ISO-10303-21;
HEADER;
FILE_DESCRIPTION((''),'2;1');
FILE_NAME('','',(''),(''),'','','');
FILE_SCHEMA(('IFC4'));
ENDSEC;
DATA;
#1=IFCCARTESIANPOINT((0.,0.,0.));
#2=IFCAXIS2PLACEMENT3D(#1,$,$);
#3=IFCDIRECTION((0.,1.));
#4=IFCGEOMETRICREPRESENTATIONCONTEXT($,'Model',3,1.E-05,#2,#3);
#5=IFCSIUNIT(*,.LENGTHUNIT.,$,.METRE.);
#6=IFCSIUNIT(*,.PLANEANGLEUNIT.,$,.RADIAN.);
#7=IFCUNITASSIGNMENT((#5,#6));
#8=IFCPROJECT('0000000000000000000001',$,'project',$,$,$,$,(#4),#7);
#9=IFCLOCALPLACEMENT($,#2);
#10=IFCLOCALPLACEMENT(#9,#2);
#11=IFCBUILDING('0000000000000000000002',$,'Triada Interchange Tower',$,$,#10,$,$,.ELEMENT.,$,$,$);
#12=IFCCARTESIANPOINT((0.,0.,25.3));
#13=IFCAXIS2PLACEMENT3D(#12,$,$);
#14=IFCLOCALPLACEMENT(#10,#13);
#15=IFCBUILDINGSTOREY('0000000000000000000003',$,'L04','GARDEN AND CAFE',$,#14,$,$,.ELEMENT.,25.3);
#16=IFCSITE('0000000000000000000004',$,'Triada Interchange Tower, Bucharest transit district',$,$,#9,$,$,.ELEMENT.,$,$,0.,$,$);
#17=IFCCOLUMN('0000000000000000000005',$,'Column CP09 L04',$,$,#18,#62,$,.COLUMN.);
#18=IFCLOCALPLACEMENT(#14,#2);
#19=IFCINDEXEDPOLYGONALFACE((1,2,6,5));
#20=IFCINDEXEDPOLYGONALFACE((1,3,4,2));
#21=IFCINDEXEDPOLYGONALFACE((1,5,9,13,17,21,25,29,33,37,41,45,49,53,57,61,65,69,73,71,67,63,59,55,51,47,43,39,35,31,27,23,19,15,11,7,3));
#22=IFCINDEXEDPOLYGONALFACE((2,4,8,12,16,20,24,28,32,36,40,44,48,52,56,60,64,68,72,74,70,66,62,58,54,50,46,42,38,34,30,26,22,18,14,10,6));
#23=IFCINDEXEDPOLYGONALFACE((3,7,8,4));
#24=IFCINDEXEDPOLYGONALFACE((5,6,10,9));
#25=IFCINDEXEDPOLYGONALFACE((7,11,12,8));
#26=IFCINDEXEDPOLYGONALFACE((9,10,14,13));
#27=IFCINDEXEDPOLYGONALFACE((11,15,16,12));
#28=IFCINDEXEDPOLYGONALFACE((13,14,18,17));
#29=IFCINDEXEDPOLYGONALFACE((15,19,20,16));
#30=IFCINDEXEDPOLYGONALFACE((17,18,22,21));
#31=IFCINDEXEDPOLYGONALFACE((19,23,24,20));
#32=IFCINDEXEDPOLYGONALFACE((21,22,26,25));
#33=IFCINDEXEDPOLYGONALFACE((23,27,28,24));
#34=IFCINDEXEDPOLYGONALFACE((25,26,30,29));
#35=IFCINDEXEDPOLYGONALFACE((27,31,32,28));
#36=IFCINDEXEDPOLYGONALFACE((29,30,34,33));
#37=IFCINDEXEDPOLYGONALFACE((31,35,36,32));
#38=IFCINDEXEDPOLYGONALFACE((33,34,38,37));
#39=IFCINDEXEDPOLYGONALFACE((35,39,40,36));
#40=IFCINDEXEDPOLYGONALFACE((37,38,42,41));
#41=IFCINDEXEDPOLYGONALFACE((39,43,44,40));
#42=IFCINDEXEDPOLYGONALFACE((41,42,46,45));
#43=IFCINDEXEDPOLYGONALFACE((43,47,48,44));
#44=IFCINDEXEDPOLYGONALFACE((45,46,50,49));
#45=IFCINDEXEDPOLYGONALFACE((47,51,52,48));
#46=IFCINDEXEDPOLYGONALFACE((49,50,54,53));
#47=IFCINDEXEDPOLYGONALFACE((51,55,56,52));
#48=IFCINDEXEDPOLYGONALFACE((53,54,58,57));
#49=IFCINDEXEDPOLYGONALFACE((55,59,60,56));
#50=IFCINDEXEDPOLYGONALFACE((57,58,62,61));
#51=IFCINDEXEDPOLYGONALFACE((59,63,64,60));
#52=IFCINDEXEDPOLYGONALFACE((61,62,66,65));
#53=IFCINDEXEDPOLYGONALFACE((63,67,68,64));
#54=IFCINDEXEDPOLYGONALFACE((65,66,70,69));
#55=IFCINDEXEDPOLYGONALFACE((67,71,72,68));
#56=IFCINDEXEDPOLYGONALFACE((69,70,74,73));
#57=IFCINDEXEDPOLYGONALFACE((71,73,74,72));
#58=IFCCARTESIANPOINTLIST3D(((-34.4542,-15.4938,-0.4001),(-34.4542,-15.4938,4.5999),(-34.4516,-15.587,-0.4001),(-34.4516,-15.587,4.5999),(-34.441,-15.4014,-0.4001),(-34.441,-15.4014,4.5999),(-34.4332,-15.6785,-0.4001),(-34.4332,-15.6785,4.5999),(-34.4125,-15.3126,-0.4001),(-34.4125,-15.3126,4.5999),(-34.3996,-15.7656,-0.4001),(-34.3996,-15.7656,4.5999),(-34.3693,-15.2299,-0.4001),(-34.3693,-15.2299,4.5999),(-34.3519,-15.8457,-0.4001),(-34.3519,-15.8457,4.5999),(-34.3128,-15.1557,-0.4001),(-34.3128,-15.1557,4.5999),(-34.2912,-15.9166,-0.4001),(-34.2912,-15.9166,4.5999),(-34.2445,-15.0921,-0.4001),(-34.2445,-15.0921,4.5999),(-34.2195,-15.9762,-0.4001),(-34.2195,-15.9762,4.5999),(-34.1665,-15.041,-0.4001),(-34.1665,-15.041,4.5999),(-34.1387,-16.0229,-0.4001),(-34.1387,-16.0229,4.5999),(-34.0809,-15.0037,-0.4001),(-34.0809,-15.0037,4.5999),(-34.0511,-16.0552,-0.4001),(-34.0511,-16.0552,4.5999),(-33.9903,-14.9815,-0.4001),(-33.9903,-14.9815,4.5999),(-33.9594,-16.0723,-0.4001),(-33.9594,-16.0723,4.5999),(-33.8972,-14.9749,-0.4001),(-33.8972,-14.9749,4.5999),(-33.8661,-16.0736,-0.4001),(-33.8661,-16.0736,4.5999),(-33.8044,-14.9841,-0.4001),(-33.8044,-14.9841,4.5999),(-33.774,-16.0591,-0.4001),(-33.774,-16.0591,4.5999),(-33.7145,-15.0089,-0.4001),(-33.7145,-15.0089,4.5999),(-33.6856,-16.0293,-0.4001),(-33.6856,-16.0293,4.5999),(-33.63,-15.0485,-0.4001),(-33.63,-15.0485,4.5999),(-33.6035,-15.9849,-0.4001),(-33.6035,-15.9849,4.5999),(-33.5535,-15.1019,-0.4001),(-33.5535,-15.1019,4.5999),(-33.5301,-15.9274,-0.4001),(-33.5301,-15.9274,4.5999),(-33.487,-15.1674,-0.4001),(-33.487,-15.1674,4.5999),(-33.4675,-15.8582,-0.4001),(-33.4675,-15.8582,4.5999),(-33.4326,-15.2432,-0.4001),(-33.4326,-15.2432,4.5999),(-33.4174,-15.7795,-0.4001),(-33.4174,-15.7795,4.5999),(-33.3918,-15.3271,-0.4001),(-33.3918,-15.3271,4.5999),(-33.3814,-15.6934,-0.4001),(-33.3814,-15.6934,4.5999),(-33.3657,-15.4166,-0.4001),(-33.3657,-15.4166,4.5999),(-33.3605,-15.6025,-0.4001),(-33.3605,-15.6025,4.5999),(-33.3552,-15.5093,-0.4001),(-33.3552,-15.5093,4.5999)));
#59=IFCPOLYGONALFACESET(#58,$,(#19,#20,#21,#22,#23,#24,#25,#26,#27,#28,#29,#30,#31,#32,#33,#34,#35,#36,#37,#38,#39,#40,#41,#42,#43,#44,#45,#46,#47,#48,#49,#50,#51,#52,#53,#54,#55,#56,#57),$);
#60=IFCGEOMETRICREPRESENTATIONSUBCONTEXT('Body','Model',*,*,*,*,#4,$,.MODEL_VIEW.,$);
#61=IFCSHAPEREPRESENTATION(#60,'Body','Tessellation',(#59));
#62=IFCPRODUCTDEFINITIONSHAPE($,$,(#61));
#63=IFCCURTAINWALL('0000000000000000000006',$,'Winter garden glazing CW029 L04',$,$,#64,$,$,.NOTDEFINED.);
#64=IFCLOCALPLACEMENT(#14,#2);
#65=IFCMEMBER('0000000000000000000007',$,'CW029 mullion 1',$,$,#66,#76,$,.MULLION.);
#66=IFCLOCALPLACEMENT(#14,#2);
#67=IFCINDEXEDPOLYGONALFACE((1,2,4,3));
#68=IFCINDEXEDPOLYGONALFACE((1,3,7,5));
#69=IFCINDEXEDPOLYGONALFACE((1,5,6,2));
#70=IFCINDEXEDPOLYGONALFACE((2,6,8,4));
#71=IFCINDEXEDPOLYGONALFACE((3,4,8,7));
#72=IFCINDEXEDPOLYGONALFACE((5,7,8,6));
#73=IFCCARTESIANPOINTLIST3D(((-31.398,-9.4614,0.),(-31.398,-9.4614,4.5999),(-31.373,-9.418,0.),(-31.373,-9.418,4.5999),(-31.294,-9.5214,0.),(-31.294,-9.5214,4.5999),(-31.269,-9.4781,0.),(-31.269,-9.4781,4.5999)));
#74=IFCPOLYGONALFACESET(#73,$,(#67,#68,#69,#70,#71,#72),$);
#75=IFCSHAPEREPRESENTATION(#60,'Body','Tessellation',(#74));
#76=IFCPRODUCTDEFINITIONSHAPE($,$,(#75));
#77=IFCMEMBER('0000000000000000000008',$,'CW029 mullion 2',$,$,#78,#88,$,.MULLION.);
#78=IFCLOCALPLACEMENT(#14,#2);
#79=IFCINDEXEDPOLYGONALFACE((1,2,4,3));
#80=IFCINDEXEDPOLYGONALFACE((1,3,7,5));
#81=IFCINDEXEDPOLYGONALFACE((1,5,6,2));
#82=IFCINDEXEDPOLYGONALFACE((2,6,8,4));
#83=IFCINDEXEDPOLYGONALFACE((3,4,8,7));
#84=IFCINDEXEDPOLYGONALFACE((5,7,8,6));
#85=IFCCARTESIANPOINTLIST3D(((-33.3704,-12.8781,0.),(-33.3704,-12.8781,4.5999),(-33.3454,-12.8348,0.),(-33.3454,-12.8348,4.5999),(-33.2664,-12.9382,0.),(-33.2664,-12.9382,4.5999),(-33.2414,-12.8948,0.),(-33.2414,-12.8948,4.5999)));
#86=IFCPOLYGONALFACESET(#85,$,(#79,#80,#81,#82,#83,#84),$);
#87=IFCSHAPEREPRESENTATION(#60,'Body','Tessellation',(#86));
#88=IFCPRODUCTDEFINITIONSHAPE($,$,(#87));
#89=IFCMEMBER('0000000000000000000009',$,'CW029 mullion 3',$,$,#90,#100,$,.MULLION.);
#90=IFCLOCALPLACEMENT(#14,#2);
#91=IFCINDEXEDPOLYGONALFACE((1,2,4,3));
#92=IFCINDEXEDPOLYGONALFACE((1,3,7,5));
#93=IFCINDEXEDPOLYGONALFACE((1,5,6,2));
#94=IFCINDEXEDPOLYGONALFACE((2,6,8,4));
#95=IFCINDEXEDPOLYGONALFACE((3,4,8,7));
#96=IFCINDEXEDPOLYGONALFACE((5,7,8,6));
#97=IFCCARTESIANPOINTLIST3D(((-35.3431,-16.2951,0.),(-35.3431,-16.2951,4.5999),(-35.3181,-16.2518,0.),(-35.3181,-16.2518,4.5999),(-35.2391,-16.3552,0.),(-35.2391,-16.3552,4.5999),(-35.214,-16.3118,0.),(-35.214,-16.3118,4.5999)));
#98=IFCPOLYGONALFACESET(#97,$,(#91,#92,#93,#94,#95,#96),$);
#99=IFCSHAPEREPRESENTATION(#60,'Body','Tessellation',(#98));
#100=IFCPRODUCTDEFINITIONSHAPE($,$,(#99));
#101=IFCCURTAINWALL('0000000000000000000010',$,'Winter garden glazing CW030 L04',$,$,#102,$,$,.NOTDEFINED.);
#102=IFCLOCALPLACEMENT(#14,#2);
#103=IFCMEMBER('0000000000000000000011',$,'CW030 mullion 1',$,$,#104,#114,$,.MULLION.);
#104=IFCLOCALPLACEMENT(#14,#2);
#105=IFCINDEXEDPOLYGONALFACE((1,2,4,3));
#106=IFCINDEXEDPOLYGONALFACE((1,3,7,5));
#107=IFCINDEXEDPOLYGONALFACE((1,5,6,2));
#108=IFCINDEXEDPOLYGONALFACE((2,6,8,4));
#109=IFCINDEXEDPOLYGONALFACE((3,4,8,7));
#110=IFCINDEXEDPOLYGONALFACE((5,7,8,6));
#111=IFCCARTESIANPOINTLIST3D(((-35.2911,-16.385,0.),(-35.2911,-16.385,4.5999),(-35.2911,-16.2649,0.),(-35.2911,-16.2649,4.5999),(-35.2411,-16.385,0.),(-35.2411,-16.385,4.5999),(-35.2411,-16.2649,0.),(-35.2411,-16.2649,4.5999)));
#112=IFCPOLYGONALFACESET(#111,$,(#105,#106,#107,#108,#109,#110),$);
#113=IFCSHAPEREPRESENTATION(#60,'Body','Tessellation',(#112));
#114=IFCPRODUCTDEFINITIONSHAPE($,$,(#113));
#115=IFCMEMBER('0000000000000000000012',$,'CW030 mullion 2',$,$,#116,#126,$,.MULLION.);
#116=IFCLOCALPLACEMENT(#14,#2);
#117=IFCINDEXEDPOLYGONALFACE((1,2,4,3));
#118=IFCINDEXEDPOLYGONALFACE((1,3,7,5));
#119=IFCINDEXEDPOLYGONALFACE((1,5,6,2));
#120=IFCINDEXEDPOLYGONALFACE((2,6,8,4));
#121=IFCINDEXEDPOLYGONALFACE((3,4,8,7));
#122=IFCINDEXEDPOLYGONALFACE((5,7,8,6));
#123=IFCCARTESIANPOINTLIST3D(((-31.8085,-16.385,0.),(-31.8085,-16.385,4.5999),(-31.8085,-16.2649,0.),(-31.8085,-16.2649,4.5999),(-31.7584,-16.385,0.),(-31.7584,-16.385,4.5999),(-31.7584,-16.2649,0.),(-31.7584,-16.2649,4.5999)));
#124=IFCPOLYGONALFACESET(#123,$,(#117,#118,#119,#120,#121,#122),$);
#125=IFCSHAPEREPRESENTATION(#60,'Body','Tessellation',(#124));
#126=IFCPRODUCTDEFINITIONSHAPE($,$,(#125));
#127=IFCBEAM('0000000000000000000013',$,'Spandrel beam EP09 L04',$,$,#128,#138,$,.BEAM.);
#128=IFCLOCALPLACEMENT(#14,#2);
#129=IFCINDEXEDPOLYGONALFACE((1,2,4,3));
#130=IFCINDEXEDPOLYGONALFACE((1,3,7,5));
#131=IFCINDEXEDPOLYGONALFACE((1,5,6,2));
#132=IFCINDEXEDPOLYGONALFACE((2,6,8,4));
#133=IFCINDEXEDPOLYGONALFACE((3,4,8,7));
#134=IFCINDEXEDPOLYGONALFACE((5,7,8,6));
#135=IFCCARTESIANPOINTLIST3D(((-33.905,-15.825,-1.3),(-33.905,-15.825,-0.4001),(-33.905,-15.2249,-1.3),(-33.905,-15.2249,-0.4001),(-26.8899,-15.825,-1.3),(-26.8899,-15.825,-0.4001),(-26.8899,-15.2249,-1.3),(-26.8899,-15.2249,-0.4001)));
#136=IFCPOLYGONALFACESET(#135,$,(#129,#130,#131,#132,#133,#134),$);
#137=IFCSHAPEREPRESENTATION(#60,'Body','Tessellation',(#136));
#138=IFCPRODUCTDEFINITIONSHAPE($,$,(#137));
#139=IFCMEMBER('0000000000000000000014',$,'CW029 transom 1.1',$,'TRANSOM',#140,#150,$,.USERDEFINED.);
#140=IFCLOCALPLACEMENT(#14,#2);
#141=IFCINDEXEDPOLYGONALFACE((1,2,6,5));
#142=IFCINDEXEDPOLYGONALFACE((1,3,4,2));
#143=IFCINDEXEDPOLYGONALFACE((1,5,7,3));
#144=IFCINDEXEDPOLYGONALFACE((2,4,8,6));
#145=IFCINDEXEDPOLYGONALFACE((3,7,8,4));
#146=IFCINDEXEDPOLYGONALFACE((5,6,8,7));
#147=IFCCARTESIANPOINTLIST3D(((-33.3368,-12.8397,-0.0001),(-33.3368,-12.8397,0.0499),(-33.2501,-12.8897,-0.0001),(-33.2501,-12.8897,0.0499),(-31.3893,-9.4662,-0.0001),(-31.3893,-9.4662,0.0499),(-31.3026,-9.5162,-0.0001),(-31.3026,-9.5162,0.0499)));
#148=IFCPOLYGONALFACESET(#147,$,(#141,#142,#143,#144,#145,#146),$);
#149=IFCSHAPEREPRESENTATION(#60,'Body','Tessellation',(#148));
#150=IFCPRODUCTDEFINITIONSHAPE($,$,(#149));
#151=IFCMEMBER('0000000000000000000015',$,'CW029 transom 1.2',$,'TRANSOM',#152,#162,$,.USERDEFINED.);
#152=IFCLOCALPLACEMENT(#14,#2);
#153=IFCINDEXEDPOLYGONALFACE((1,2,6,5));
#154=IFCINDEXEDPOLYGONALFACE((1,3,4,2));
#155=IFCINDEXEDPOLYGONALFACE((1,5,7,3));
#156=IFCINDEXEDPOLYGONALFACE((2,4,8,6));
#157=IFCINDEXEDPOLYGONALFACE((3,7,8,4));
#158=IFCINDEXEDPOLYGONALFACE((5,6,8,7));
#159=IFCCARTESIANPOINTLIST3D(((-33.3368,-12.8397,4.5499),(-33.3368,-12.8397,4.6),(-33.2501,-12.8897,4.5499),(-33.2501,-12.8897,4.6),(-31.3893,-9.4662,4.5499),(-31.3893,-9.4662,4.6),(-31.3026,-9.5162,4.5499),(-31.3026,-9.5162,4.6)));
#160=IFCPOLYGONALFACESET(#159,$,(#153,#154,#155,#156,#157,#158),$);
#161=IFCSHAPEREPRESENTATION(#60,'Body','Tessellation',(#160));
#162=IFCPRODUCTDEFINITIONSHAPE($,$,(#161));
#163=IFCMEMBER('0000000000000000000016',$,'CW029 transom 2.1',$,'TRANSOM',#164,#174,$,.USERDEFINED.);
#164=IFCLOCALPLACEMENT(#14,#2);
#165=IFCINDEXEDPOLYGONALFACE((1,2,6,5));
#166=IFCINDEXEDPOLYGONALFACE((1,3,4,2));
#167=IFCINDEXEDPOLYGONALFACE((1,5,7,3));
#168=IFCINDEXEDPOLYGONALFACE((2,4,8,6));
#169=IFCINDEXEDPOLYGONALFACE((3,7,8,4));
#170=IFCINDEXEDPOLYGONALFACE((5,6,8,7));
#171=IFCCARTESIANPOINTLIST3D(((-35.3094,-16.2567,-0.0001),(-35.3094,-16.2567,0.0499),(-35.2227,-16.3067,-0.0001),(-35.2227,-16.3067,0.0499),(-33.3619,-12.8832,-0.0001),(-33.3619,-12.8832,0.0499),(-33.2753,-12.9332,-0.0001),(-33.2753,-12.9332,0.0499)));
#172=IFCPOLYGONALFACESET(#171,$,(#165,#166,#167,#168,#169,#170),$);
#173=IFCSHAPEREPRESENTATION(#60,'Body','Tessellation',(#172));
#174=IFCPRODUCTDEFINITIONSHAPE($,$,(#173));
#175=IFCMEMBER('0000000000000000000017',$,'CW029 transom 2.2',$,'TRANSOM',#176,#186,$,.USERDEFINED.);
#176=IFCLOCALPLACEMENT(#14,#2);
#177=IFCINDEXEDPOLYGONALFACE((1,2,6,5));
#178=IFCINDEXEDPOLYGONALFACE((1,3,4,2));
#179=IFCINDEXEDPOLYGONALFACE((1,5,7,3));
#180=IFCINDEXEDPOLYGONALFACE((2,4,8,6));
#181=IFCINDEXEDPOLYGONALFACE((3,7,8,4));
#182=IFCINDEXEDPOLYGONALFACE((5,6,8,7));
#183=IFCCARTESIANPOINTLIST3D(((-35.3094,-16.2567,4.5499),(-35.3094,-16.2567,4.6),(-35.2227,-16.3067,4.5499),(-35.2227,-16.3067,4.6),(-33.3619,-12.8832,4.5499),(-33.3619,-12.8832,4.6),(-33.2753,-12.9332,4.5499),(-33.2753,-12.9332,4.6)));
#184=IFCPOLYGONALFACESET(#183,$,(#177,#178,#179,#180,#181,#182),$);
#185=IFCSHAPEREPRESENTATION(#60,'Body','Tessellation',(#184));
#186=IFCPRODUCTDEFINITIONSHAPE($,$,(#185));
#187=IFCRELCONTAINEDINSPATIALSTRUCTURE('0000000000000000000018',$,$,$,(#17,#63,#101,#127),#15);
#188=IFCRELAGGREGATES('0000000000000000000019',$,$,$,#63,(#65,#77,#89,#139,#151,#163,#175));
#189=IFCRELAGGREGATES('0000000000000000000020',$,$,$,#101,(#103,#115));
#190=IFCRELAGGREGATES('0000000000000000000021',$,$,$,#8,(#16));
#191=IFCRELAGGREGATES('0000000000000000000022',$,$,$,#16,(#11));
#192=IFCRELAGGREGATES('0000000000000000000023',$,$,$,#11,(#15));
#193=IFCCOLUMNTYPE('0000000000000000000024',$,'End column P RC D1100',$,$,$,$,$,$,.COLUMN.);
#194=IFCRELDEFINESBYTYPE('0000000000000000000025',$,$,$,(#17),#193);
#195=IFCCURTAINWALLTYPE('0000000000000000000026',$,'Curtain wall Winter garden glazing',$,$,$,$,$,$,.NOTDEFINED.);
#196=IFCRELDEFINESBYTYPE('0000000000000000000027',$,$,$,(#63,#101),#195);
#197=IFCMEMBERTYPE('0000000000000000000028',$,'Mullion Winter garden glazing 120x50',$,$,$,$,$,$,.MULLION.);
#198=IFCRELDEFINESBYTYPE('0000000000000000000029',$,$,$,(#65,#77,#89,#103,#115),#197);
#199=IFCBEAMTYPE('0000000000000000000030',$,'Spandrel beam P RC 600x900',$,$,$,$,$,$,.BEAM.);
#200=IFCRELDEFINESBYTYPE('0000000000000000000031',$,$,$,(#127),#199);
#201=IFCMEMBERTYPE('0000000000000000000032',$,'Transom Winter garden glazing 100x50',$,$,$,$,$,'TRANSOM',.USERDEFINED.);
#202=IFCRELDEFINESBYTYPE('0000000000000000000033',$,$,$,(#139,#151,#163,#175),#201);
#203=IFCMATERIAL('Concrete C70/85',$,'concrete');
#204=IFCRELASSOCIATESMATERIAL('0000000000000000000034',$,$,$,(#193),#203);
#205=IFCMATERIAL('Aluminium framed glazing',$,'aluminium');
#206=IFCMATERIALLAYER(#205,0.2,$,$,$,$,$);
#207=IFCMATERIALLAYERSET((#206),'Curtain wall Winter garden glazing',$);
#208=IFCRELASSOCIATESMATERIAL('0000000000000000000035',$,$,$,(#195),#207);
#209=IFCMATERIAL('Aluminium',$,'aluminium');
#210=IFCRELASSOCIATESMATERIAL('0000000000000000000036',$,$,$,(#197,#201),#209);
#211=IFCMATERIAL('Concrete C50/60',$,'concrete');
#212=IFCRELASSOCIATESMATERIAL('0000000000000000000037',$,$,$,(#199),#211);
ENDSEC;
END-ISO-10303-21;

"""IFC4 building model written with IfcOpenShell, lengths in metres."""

from ifc_helpers import new_model, si_unit, direction, frame, origin, origin_2d, place, context, subcontext, project, spatial, rectangle, circle, extrude, material, layer, layer_set, material_profile, profile_set, type_object, element, aggregate, save


model = new_model("IFC4")

# Units and contexts
model_context = context("Model", 3, precision=1e-05, world=origin(), true_north=direction((0.0, 1.0)))
body_context = subcontext(model_context, "Body", "Model", "MODEL_VIEW")
ifc_project = project(units=[si_unit("LENGTHUNIT", "METRE"), si_unit("PLANEANGLEUNIT", "RADIAN")], contexts=[model_context])

# Site, building, storey
site_placement = place(None, origin())
site = spatial("IfcSite", under=ifc_project, at=site_placement, Name="Triada Interchange Tower, Bucharest transit district", CompositionType="ELEMENT", RefElevation=0.0)
building_placement = place(site_placement, origin())
building = spatial("IfcBuilding", under=site, at=building_placement, Name="Triada Interchange Tower", CompositionType="ELEMENT")
storey_placement = place(building_placement, frame((0.0, 0.0, 25.3)))
storey = spatial("IfcBuildingStorey", under=building, at=storey_placement, Name="L04", Description="GARDEN AND CAFE", CompositionType="ELEMENT", Elevation=25.3)

# Column
ifc_material_1 = material(Name="Concrete C70/85", Category="concrete")
ifc_material_profile_1 = material_profile(ifc_material_1, circle(Radius=0.55, at=origin_2d()), Name="RC D1100")
ifc_profile_set_1 = profile_set([ifc_material_profile_1], Name="Concrete C70/85")
column_type = type_object("IfcColumnType", Name="End column P RC D1100", PredefinedType="COLUMN", material=ifc_profile_set_1)
column_placement = place(storey_placement, frame((-33.905, -15.5249, -0.4001), z_axis=(0.0, 0.0, 1.0), x_axis=(0.5, 0.866025, 0.0)))
element("IfcColumn", 1, at=column_placement, inside=storey, type_object=column_type, Name="Column CP09 L04", PredefinedType="COLUMN", context=body_context, shape_type="SweptSolid", body=[
    extrude(circle(Radius=0.55, at=origin_2d()), origin(), (0.0, 0.0, 1.0), 5.0),
])

# Curtain walls, members
ifc_material_2 = material(Name="Aluminium framed glazing", Category="aluminium")
ifc_layer_1 = layer(ifc_material_2, 0.2)
ifc_layer_set_1 = layer_set([ifc_layer_1], Name="Curtain wall Winter garden glazing")
curtain_wall_type = type_object("IfcCurtainWallType", Name="Curtain wall Winter garden glazing", PredefinedType="NOTDEFINED", material=ifc_layer_set_1)
curtain_wall_1_placement = place(storey_placement, origin())
curtain_wall_1 = element("IfcCurtainWall", 2, at=curtain_wall_1_placement, inside=storey, type_object=curtain_wall_type, Name="Winter garden glazing CW029 L04", PredefinedType="NOTDEFINED")
ifc_material_3 = material(Name="Aluminium", Category="aluminium")
ifc_material_profile_2 = material_profile(ifc_material_3, rectangle(XDim=0.1201, YDim=0.05, at=origin_2d()), Name="Aluminium mullion")
ifc_profile_set_2 = profile_set([ifc_material_profile_2], Name="Aluminium")
member_type_1 = type_object("IfcMemberType", Name="Mullion Winter garden glazing 120x50", PredefinedType="MULLION", material=ifc_profile_set_2)
member_1_placement = place(storey_placement, frame((-31.3335, -9.4697, 0.0), z_axis=(0.0, 0.0, 1.0), x_axis=(0.866049, -0.499959, 0.0)))
member_1 = element("IfcMember", 3, at=member_1_placement, type_object=member_type_1, Name="CW029 mullion 1", PredefinedType="MULLION", context=body_context, shape_type="SweptSolid", body=[
    extrude(rectangle(XDim=0.1201, YDim=0.05, at=origin_2d()), origin(), (0.0, 0.0, 1.0), 4.5999),
])
member_2_placement = place(storey_placement, frame((-33.3059, -12.8865, 0.0), z_axis=(0.0, 0.0, 1.0), x_axis=(0.866049, -0.499959, 0.0)))
member_2 = element("IfcMember", 4, at=member_2_placement, type_object=member_type_1, Name="CW029 mullion 2", PredefinedType="MULLION", context=body_context, shape_type="SweptSolid", body=[
    extrude(rectangle(XDim=0.1201, YDim=0.05, at=origin_2d()), origin(), (0.0, 0.0, 1.0), 4.5999),
])
member_3_placement = place(storey_placement, frame((-35.2786, -16.3035, 0.0), z_axis=(0.0, 0.0, 1.0), x_axis=(0.866049, -0.499959, 0.0)))
member_3 = element("IfcMember", 5, at=member_3_placement, type_object=member_type_1, Name="CW029 mullion 3", PredefinedType="MULLION", context=body_context, shape_type="SweptSolid", body=[
    extrude(rectangle(XDim=0.1201, YDim=0.05, at=origin_2d()), origin(), (0.0, 0.0, 1.0), 4.5999),
])
curtain_wall_2_placement = place(storey_placement, origin())
curtain_wall_2 = element("IfcCurtainWall", 6, at=curtain_wall_2_placement, inside=storey, type_object=curtain_wall_type, Name="Winter garden glazing CW030 L04", PredefinedType="NOTDEFINED")
member_4_placement = place(storey_placement, frame((-35.2661, -16.325, 0.0), z_axis=(0.0, 0.0, 1.0), x_axis=(0.0, 1.0, 0.0)))
member_4 = element("IfcMember", 7, at=member_4_placement, type_object=member_type_1, Name="CW030 mullion 1", PredefinedType="MULLION", context=body_context, shape_type="SweptSolid", body=[
    extrude(rectangle(XDim=0.1201, YDim=0.05, at=origin_2d()), origin(), (0.0, 0.0, 1.0), 4.5999),
])
member_5_placement = place(storey_placement, frame((-31.7834, -16.325, 0.0), z_axis=(0.0, 0.0, 1.0), x_axis=(0.0, 1.0, 0.0)))
member_5 = element("IfcMember", 8, at=member_5_placement, type_object=member_type_1, Name="CW030 mullion 2", PredefinedType="MULLION", context=body_context, shape_type="SweptSolid", body=[
    extrude(rectangle(XDim=0.1201, YDim=0.05, at=origin_2d()), origin(), (0.0, 0.0, 1.0), 4.5999),
])

# Beam
ifc_material_4 = material(Name="Concrete C50/60", Category="concrete")
ifc_material_profile_3 = material_profile(ifc_material_4, rectangle(XDim=0.6001, YDim=0.8999, at=origin_2d()), Name="RC 600x900")
ifc_profile_set_3 = profile_set([ifc_material_profile_3], Name="Concrete C50/60")
beam_type_1 = type_object("IfcBeamType", Name="Spandrel beam P RC 600x900", PredefinedType="BEAM", material=ifc_profile_set_3)
beam_1_placement = place(storey_placement, frame((-33.905, -15.5249, -0.8501), z_axis=(1.0, 0.0, 0.0), x_axis=(0.0, 1.0, 0.0)))
element("IfcBeam", 9, at=beam_1_placement, inside=storey, type_object=beam_type_1, Name="Spandrel beam EP09 L04", PredefinedType="BEAM", context=body_context, shape_type="SweptSolid", body=[
    extrude(rectangle(XDim=0.6001, YDim=0.8999, at=origin_2d()), origin(), (0.0, 0.0, 1.0), 7.0151),
])

# Members
ifc_material_profile_4 = material_profile(ifc_material_3, rectangle(XDim=0.1001, YDim=0.05, at=origin_2d()), Name="Aluminium transom")
ifc_profile_set_4 = profile_set([ifc_material_profile_4], Name="Aluminium")
member_type_2 = type_object("IfcMemberType", Name="Transom Winter garden glazing 100x50", ElementType="TRANSOM", PredefinedType="USERDEFINED", material=ifc_profile_set_4)
member_6_placement = place(storey_placement, frame((-31.3459, -9.4912, 0.0249), z_axis=(-0.499961, -0.866048, 0.0), x_axis=(0.866048, -0.499961, 0.0)))
member_6 = element("IfcMember", 10, at=member_6_placement, type_object=member_type_2, Name="CW029 transom 1.1", ObjectType="TRANSOM", PredefinedType="USERDEFINED", context=body_context, shape_type="SweptSolid", body=[
    extrude(rectangle(XDim=0.1001, YDim=0.05, at=origin_2d()), origin(), (0.0, 0.0, 1.0), 3.8953),
])
member_7_placement = place(storey_placement, frame((-31.3459, -9.4912, 4.575), z_axis=(-0.499961, -0.866048, 0.0), x_axis=(0.866048, -0.499961, 0.0)))
member_7 = element("IfcMember", 11, at=member_7_placement, type_object=member_type_2, Name="CW029 transom 1.2", ObjectType="TRANSOM", PredefinedType="USERDEFINED", context=body_context, shape_type="SweptSolid", body=[
    extrude(rectangle(XDim=0.1001, YDim=0.05, at=origin_2d()), origin(), (0.0, 0.0, 1.0), 3.8953),
])
member_8_placement = place(storey_placement, frame((-33.3186, -12.9082, 0.0249), z_axis=(-0.499961, -0.866048, 0.0), x_axis=(0.866048, -0.499961, 0.0)))
member_8 = element("IfcMember", 12, at=member_8_placement, type_object=member_type_2, Name="CW029 transom 2.1", ObjectType="TRANSOM", PredefinedType="USERDEFINED", context=body_context, shape_type="SweptSolid", body=[
    extrude(rectangle(XDim=0.1001, YDim=0.05, at=origin_2d()), origin(), (0.0, 0.0, 1.0), 3.8953),
])
member_9_placement = place(storey_placement, frame((-33.3186, -12.9082, 4.575), z_axis=(-0.499961, -0.866048, 0.0), x_axis=(0.866048, -0.499961, 0.0)))
member_9 = element("IfcMember", 13, at=member_9_placement, type_object=member_type_2, Name="CW029 transom 2.2", ObjectType="TRANSOM", PredefinedType="USERDEFINED", context=body_context, shape_type="SweptSolid", body=[
    extrude(rectangle(XDim=0.1001, YDim=0.05, at=origin_2d()), origin(), (0.0, 0.0, 1.0), 3.8953),
])

aggregate(curtain_wall_1, [member_1, member_2, member_3, member_6, member_7, member_8, member_9])
aggregate(curtain_wall_2, [member_4, member_5])

save(model, "model.ifc")
